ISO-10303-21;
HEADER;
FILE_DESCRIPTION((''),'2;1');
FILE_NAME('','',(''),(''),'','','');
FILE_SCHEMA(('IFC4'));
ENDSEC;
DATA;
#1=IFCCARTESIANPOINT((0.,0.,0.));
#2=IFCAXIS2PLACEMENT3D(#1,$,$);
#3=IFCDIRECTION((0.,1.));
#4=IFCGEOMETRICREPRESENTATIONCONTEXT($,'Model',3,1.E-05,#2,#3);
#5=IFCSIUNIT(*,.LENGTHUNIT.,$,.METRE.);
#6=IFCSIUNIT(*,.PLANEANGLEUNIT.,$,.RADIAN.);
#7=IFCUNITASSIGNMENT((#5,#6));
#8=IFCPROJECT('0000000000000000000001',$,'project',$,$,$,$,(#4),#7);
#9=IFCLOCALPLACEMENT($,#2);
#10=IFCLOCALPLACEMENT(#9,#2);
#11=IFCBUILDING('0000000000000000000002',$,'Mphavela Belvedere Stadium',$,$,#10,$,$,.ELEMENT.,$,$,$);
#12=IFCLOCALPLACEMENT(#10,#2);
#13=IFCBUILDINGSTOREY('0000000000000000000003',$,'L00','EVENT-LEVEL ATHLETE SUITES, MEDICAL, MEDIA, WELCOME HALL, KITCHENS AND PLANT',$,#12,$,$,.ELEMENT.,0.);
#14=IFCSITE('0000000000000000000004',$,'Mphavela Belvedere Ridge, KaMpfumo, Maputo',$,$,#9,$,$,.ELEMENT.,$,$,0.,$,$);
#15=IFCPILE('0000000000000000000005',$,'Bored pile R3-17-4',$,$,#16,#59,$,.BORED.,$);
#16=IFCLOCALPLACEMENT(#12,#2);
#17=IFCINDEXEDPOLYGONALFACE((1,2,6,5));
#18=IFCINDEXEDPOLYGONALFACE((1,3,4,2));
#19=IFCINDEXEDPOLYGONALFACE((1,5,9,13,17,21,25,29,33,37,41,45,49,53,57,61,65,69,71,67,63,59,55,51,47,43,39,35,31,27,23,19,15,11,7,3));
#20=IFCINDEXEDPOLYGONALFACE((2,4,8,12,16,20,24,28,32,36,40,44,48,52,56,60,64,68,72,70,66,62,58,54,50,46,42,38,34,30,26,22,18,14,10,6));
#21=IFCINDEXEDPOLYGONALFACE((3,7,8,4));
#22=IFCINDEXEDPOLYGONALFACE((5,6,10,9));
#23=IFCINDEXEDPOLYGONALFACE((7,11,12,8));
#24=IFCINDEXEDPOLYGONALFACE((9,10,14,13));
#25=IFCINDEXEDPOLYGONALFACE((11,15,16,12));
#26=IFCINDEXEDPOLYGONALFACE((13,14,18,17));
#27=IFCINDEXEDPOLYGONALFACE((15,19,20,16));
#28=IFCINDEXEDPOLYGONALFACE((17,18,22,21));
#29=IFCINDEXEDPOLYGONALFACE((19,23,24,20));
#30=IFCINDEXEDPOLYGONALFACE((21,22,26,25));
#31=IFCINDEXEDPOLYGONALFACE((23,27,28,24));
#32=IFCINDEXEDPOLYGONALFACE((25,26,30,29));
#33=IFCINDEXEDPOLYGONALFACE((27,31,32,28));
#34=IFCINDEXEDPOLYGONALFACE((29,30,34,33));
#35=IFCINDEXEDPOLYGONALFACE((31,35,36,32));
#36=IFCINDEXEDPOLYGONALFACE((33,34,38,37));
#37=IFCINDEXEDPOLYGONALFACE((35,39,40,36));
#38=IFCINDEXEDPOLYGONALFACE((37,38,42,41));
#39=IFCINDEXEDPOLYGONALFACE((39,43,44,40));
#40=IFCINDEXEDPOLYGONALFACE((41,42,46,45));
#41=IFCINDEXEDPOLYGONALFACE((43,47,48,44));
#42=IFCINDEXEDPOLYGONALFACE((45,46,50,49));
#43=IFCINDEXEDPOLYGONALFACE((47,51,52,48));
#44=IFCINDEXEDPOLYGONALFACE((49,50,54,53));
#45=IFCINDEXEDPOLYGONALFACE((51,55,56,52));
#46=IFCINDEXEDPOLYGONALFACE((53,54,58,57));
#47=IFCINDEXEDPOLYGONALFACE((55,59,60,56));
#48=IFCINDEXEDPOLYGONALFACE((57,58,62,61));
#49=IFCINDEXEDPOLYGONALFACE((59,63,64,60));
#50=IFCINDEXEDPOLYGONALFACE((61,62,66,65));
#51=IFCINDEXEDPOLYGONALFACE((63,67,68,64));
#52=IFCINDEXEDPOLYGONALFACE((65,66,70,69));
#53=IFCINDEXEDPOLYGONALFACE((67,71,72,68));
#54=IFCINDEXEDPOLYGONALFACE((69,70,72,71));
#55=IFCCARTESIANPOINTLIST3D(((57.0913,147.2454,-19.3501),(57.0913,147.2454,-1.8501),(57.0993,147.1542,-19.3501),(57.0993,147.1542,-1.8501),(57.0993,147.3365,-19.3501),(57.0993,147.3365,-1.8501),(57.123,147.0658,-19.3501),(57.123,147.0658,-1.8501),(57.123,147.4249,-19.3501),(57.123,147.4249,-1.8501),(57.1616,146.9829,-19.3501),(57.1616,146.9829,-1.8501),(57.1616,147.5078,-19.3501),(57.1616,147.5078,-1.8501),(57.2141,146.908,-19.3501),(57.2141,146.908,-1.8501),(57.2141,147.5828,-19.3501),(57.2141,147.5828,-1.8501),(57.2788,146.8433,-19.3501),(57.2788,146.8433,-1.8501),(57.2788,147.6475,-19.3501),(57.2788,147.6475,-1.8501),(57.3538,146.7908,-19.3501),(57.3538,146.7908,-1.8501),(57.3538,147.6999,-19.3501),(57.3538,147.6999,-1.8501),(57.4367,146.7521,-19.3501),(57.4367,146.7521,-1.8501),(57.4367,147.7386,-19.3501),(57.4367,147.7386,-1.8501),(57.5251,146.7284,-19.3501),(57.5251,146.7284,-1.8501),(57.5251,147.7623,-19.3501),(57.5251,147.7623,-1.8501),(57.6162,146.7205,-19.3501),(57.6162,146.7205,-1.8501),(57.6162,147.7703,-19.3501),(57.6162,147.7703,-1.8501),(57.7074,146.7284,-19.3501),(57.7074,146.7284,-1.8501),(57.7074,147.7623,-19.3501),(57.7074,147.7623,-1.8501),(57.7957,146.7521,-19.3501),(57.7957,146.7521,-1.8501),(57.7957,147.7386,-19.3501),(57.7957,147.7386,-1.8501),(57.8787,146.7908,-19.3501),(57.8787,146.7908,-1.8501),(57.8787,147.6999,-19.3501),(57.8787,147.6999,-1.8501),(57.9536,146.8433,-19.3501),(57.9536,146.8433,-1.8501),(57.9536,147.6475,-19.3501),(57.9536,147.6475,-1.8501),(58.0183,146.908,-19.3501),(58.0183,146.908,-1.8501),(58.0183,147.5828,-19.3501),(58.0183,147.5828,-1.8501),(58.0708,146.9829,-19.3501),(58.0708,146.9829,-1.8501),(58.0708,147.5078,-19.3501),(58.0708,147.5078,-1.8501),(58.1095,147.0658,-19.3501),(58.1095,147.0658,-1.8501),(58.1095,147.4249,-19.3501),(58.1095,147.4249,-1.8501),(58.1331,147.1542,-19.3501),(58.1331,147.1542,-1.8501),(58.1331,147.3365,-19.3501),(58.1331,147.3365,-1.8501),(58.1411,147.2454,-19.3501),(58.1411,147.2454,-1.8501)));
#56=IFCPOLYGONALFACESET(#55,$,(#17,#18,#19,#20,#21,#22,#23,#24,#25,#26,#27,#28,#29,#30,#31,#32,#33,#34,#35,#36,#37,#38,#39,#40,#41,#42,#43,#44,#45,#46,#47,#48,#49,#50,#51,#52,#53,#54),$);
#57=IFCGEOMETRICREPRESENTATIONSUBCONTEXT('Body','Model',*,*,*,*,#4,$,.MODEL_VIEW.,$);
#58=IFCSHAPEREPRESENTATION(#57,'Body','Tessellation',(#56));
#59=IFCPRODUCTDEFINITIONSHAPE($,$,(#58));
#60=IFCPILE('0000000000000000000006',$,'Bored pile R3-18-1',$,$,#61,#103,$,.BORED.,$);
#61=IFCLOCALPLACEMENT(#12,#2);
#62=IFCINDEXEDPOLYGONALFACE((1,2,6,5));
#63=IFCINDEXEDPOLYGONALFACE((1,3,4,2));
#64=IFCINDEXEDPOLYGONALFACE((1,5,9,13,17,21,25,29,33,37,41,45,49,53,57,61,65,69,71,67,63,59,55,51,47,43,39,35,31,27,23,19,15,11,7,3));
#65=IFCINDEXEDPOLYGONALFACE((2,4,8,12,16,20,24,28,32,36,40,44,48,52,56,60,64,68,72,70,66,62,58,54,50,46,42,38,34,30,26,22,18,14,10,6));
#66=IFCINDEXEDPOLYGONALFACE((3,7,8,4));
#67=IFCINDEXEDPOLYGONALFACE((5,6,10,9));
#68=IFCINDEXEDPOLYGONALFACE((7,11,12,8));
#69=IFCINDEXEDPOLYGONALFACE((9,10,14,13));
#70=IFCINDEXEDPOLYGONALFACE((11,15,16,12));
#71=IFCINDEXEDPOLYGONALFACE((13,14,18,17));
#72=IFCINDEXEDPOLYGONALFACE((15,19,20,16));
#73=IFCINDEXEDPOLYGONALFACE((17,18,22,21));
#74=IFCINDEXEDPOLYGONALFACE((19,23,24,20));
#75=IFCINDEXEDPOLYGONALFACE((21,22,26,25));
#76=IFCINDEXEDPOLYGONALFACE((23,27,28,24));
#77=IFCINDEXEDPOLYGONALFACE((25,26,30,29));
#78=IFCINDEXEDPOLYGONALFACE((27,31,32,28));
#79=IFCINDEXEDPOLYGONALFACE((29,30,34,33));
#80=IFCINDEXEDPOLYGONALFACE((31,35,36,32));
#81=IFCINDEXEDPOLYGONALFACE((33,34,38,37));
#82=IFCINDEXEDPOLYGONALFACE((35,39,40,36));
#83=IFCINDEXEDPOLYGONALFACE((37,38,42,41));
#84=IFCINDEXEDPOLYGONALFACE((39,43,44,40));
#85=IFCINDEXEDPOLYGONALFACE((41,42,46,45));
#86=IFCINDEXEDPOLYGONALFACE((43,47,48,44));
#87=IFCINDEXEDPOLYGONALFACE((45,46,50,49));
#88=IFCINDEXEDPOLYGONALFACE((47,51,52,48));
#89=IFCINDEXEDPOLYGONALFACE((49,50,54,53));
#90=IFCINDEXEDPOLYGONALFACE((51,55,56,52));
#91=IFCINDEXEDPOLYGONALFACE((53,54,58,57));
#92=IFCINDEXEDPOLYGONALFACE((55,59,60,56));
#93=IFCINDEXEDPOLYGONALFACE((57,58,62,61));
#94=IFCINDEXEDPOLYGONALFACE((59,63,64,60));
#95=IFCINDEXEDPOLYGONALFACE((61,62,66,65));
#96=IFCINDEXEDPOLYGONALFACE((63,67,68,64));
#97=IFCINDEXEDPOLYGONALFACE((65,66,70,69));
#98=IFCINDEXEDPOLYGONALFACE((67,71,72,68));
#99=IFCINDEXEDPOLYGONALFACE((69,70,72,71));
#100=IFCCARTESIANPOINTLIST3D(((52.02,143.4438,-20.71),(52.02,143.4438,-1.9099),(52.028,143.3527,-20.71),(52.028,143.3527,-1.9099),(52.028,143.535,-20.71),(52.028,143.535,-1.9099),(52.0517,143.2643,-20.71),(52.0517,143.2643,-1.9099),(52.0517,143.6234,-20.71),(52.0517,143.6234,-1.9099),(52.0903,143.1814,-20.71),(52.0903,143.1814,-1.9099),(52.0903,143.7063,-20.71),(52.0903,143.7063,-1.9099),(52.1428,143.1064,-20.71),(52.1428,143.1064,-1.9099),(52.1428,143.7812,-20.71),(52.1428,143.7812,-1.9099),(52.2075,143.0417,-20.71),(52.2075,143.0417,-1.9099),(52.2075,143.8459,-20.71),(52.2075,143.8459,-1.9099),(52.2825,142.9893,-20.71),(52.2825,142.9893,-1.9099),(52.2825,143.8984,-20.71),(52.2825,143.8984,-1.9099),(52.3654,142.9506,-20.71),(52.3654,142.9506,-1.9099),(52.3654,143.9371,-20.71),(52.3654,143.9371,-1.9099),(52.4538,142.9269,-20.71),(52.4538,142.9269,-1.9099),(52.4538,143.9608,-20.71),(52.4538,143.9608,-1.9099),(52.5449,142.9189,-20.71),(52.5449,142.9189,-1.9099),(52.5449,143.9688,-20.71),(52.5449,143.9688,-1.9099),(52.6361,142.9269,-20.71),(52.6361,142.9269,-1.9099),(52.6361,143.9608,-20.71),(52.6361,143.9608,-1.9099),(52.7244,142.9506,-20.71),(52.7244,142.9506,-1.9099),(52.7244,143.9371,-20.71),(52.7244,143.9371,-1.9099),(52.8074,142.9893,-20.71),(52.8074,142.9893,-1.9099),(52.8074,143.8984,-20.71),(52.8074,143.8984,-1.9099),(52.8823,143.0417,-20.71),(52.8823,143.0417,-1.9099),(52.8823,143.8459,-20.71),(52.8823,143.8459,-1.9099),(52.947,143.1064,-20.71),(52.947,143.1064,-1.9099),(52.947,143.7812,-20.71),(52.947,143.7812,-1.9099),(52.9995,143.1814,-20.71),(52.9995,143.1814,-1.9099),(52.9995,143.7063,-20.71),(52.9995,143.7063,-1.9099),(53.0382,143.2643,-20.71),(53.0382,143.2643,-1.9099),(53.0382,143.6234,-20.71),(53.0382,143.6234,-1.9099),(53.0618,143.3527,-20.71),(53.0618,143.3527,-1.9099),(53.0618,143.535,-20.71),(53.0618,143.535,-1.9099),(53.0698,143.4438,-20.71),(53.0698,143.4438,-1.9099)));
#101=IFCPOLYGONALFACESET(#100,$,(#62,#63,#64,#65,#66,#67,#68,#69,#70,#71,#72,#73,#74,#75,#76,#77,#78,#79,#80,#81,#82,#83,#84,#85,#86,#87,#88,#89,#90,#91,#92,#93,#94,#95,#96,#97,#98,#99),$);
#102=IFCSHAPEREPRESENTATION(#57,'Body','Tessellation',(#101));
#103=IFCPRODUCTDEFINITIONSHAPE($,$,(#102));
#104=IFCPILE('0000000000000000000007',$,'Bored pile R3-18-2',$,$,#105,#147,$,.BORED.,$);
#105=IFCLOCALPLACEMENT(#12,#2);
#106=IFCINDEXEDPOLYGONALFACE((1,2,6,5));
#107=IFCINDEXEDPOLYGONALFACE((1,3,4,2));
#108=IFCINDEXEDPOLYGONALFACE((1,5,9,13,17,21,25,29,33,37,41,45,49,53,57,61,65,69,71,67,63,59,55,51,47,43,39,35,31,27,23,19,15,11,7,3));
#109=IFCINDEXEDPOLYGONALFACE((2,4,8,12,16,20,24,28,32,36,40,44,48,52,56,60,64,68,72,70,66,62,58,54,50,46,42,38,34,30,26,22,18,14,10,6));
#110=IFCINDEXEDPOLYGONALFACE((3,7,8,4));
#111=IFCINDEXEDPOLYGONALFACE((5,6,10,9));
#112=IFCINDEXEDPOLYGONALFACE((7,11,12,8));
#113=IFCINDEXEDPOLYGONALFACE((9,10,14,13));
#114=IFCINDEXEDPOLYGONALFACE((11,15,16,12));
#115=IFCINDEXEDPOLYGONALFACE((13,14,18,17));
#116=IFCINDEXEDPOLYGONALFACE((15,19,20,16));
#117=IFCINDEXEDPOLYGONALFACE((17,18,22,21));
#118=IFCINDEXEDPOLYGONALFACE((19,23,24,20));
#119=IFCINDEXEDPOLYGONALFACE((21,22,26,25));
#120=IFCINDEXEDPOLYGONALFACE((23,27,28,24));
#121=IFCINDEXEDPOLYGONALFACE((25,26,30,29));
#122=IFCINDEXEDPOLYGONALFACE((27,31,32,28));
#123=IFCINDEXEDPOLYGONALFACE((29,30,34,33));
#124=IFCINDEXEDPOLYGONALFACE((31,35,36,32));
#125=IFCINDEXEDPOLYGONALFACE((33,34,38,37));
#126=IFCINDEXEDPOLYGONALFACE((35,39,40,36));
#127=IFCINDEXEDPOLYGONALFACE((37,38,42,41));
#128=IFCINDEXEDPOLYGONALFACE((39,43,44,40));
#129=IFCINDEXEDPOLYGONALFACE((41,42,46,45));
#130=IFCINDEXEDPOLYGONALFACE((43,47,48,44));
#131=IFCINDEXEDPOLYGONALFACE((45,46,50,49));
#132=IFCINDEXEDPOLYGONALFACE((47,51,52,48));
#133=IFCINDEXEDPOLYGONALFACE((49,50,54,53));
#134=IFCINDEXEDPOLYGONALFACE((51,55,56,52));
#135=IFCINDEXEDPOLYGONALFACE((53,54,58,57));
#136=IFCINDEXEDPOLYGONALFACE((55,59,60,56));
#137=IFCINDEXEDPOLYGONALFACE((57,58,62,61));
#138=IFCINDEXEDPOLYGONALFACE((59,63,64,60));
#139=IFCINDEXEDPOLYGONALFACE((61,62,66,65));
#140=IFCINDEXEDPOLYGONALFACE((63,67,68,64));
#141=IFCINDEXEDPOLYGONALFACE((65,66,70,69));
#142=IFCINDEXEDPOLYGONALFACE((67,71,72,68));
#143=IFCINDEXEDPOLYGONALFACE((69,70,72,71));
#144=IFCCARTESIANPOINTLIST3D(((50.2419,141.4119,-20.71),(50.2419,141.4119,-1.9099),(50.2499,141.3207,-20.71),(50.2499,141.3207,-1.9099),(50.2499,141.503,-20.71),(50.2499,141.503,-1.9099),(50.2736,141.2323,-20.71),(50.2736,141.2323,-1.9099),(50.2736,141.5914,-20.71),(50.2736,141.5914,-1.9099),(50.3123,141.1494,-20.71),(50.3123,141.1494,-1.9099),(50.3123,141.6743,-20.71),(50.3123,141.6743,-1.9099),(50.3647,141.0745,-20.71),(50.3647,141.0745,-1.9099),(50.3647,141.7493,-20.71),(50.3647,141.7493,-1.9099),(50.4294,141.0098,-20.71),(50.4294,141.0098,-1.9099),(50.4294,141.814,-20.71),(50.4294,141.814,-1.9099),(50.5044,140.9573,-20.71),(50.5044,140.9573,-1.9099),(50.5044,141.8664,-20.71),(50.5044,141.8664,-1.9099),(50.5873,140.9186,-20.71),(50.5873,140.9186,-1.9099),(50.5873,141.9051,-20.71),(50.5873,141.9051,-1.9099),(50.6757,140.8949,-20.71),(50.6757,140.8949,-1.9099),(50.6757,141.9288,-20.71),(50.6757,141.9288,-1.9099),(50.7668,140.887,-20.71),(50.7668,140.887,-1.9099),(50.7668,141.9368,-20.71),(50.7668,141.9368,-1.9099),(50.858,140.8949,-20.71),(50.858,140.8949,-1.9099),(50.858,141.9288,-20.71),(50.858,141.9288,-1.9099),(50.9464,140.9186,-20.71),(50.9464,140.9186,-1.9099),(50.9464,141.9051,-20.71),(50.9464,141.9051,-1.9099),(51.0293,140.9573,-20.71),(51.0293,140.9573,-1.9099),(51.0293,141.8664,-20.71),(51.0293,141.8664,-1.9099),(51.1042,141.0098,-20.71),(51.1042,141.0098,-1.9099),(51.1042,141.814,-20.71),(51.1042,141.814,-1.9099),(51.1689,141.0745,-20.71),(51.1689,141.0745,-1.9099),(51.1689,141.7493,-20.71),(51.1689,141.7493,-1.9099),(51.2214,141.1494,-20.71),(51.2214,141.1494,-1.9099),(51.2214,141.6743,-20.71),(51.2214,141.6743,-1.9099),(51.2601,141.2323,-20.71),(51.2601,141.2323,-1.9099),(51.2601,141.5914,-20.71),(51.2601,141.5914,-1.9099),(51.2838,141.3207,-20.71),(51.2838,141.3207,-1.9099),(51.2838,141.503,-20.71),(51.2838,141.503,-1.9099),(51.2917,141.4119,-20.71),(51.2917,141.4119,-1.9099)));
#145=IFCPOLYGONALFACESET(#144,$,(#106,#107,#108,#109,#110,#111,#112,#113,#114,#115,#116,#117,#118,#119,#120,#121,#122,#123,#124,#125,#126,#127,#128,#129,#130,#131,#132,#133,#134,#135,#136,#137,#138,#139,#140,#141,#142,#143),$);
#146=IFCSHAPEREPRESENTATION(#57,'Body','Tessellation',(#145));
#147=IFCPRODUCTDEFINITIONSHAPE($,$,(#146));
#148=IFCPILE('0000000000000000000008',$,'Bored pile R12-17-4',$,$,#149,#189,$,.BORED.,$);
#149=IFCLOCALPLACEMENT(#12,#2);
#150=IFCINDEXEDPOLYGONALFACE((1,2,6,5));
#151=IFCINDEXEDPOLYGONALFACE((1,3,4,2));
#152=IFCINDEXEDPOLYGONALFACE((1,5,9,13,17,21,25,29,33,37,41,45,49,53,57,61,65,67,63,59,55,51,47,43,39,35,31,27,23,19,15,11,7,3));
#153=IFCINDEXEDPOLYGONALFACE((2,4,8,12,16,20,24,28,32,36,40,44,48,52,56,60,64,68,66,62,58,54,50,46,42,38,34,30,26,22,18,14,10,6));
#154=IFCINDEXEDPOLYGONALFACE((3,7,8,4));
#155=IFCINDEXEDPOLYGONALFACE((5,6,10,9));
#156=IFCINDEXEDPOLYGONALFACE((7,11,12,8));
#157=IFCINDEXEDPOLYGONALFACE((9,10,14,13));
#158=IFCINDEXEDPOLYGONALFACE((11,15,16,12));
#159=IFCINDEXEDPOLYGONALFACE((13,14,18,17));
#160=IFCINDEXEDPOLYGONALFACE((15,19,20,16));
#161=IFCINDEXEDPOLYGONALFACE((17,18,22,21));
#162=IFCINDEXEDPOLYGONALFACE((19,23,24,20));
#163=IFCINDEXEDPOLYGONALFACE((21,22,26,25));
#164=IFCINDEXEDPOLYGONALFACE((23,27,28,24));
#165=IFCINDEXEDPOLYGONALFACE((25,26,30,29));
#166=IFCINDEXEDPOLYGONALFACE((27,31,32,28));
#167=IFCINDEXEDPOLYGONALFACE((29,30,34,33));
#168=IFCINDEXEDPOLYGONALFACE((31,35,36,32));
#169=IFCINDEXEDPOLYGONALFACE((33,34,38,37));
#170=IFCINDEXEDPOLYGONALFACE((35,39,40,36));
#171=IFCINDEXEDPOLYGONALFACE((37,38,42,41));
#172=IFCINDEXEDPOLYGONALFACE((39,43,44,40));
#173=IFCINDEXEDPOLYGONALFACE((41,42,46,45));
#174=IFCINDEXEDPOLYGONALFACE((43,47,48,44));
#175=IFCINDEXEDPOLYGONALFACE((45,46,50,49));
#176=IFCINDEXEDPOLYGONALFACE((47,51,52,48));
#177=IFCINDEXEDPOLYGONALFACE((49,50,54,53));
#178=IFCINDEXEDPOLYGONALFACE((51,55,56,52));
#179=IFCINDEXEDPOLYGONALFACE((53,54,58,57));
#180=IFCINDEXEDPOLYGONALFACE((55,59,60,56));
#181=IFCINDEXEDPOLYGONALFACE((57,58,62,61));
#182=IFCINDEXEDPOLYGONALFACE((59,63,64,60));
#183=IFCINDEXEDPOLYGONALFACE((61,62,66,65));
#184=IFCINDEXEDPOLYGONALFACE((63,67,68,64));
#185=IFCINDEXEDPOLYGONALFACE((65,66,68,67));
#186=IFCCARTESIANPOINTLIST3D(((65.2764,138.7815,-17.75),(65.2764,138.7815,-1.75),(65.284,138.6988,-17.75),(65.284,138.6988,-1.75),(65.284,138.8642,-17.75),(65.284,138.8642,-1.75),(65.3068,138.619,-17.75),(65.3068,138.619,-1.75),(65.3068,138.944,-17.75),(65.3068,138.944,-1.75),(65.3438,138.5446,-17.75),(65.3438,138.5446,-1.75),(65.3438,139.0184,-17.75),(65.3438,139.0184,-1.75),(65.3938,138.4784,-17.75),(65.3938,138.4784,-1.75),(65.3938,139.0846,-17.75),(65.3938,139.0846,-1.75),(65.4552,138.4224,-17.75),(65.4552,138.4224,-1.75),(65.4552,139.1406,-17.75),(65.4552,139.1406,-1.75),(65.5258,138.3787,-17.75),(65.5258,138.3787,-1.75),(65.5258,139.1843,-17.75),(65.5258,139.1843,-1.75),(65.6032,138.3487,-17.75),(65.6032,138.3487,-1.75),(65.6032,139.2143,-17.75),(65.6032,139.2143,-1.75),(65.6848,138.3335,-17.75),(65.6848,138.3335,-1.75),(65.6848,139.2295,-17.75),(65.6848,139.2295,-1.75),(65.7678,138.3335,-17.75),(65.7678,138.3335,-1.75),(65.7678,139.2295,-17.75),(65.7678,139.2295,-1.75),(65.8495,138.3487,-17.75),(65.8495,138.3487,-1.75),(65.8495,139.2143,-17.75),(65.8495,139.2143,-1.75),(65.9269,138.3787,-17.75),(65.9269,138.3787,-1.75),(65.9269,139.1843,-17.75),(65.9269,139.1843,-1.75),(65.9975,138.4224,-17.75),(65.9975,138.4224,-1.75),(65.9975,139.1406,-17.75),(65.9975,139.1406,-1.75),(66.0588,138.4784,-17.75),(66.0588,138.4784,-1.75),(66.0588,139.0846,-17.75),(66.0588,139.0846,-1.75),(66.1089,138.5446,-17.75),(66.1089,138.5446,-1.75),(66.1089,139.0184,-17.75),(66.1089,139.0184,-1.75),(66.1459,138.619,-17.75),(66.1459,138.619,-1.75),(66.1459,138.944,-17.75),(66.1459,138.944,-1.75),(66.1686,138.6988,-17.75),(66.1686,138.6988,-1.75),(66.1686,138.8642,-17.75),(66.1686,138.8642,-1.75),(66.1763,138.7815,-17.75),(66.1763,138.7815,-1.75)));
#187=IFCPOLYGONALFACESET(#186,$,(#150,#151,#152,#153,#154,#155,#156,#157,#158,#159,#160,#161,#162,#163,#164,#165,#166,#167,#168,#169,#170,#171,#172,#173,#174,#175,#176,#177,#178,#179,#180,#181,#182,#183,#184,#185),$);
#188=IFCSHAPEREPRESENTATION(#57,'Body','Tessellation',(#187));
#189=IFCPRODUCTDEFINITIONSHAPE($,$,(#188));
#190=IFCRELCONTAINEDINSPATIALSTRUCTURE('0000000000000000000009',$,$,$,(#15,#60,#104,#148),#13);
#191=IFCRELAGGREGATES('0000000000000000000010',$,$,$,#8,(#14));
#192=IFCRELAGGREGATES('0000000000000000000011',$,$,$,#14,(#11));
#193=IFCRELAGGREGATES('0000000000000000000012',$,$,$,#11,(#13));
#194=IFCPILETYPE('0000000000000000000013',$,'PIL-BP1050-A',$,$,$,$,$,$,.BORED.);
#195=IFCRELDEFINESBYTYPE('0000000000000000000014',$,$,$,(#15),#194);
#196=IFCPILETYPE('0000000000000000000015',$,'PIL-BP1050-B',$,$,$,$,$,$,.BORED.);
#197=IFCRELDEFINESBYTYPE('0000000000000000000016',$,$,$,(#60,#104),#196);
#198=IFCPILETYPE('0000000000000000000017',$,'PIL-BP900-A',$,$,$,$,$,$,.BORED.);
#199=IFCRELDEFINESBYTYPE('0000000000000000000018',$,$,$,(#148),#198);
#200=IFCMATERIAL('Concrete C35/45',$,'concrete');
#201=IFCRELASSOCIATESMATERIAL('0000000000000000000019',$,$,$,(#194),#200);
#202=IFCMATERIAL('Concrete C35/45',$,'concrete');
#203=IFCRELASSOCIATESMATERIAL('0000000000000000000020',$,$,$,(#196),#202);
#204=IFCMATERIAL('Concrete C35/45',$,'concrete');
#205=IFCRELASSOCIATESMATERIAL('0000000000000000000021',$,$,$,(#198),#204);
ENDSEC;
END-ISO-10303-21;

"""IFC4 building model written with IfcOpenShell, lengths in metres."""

from ifc_helpers import new_model, si_unit, direction, frame, origin, origin_2d, place, context, subcontext, project, spatial, circle, extrude, material, material_profile, profile_set, type_object, element, save


model = new_model("IFC4")

# Units and contexts
model_context = context("Model", 3, precision=1e-05, world=origin(), true_north=direction((0.0, 1.0)))
body_context = subcontext(model_context, "Body", "Model", "MODEL_VIEW")
ifc_project = project(units=[si_unit("LENGTHUNIT", "METRE"), si_unit("PLANEANGLEUNIT", "RADIAN")], contexts=[model_context])

# Site, building, storey
site_placement = place(None, origin())
site = spatial("IfcSite", under=ifc_project, at=site_placement, Name="Mphavela Belvedere Ridge, KaMpfumo, Maputo", CompositionType="ELEMENT", RefElevation=0.0)
building_placement = place(site_placement, origin())
building = spatial("IfcBuilding", under=site, at=building_placement, Name="Mphavela Belvedere Stadium", CompositionType="ELEMENT")
storey_placement = place(building_placement, origin())
storey = spatial("IfcBuildingStorey", under=building, at=storey_placement, Name="L00", Description="EVENT-LEVEL ATHLETE SUITES, MEDICAL, MEDIA, WELCOME HALL, KITCHENS AND PLANT", CompositionType="ELEMENT", Elevation=0.0)

# Piles
ifc_material_1 = material(Name="Concrete C35/45", Category="concrete")
ifc_material_profile_1 = material_profile(ifc_material_1, circle(Radius=0.5249, at=origin_2d()), Name="BP D1050")
ifc_profile_set_1 = profile_set([ifc_material_profile_1], Name="Concrete C35/45")
pile_type_1 = type_object("IfcPileType", Name="PIL-BP1050-A", PredefinedType="BORED", material=ifc_profile_set_1)
for number, where, z_axis, x_axis, name in (
    (1, (57.6162, 147.2454, -1.8501), (0.0, 0.0, -1.0), (1.0, 0.0, 0.0), "Bored pile R3-17-4"),
):
    element("IfcPile", number, at=place(storey_placement, frame(where, z_axis=z_axis, x_axis=x_axis)), inside=storey, type_object=pile_type_1, Name=name, PredefinedType="BORED", context=body_context, shape_type="SweptSolid", body=[
        extrude(circle(Radius=0.5249, at=origin_2d()), origin(), (0.0, 0.0, 1.0), 17.5),
    ])
ifc_material_2 = material(Name="Concrete C35/45", Category="concrete")
ifc_material_profile_2 = material_profile(ifc_material_2, circle(Radius=0.5249, at=origin_2d()), Name="BP D1050")
ifc_profile_set_2 = profile_set([ifc_material_profile_2], Name="Concrete C35/45")
pile_type_2 = type_object("IfcPileType", Name="PIL-BP1050-B", PredefinedType="BORED", material=ifc_profile_set_2)
for number, where, z_axis, x_axis, name in (
    (2, (52.5449, 143.4438, -1.9099), (0.0, 0.0, -1.0), (1.0, 0.0, 0.0), "Bored pile R3-18-1"),
    (3, (50.7668, 141.4119, -1.9099), (0.0, 0.0, -1.0), (1.0, 0.0, 0.0), "Bored pile R3-18-2"),
):
    element("IfcPile", number, at=place(storey_placement, frame(where, z_axis=z_axis, x_axis=x_axis)), inside=storey, type_object=pile_type_2, Name=name, PredefinedType="BORED", context=body_context, shape_type="SweptSolid", body=[
        extrude(circle(Radius=0.5249, at=origin_2d()), origin(), (0.0, 0.0, 1.0), 18.8),
    ])
ifc_material_3 = material(Name="Concrete C35/45", Category="concrete")
ifc_material_profile_3 = material_profile(ifc_material_3, circle(Radius=0.45, at=origin_2d()), Name="BP D900")
ifc_profile_set_3 = profile_set([ifc_material_profile_3], Name="Concrete C35/45")
pile_type_3 = type_object("IfcPileType", Name="PIL-BP900-A", PredefinedType="BORED", material=ifc_profile_set_3)
pile_1_placement = place(storey_placement, frame((65.7263, 138.7815, -1.75), z_axis=(0.0, 0.0, -1.0), x_axis=(1.0, 0.0, 0.0)))
element("IfcPile", 4, at=pile_1_placement, inside=storey, type_object=pile_type_3, Name="Bored pile R12-17-4", PredefinedType="BORED", context=body_context, shape_type="SweptSolid", body=[
    extrude(circle(Radius=0.45, at=origin_2d()), origin(), (0.0, 0.0, 1.0), 16.0),
])

save(model, "model.ifc")
